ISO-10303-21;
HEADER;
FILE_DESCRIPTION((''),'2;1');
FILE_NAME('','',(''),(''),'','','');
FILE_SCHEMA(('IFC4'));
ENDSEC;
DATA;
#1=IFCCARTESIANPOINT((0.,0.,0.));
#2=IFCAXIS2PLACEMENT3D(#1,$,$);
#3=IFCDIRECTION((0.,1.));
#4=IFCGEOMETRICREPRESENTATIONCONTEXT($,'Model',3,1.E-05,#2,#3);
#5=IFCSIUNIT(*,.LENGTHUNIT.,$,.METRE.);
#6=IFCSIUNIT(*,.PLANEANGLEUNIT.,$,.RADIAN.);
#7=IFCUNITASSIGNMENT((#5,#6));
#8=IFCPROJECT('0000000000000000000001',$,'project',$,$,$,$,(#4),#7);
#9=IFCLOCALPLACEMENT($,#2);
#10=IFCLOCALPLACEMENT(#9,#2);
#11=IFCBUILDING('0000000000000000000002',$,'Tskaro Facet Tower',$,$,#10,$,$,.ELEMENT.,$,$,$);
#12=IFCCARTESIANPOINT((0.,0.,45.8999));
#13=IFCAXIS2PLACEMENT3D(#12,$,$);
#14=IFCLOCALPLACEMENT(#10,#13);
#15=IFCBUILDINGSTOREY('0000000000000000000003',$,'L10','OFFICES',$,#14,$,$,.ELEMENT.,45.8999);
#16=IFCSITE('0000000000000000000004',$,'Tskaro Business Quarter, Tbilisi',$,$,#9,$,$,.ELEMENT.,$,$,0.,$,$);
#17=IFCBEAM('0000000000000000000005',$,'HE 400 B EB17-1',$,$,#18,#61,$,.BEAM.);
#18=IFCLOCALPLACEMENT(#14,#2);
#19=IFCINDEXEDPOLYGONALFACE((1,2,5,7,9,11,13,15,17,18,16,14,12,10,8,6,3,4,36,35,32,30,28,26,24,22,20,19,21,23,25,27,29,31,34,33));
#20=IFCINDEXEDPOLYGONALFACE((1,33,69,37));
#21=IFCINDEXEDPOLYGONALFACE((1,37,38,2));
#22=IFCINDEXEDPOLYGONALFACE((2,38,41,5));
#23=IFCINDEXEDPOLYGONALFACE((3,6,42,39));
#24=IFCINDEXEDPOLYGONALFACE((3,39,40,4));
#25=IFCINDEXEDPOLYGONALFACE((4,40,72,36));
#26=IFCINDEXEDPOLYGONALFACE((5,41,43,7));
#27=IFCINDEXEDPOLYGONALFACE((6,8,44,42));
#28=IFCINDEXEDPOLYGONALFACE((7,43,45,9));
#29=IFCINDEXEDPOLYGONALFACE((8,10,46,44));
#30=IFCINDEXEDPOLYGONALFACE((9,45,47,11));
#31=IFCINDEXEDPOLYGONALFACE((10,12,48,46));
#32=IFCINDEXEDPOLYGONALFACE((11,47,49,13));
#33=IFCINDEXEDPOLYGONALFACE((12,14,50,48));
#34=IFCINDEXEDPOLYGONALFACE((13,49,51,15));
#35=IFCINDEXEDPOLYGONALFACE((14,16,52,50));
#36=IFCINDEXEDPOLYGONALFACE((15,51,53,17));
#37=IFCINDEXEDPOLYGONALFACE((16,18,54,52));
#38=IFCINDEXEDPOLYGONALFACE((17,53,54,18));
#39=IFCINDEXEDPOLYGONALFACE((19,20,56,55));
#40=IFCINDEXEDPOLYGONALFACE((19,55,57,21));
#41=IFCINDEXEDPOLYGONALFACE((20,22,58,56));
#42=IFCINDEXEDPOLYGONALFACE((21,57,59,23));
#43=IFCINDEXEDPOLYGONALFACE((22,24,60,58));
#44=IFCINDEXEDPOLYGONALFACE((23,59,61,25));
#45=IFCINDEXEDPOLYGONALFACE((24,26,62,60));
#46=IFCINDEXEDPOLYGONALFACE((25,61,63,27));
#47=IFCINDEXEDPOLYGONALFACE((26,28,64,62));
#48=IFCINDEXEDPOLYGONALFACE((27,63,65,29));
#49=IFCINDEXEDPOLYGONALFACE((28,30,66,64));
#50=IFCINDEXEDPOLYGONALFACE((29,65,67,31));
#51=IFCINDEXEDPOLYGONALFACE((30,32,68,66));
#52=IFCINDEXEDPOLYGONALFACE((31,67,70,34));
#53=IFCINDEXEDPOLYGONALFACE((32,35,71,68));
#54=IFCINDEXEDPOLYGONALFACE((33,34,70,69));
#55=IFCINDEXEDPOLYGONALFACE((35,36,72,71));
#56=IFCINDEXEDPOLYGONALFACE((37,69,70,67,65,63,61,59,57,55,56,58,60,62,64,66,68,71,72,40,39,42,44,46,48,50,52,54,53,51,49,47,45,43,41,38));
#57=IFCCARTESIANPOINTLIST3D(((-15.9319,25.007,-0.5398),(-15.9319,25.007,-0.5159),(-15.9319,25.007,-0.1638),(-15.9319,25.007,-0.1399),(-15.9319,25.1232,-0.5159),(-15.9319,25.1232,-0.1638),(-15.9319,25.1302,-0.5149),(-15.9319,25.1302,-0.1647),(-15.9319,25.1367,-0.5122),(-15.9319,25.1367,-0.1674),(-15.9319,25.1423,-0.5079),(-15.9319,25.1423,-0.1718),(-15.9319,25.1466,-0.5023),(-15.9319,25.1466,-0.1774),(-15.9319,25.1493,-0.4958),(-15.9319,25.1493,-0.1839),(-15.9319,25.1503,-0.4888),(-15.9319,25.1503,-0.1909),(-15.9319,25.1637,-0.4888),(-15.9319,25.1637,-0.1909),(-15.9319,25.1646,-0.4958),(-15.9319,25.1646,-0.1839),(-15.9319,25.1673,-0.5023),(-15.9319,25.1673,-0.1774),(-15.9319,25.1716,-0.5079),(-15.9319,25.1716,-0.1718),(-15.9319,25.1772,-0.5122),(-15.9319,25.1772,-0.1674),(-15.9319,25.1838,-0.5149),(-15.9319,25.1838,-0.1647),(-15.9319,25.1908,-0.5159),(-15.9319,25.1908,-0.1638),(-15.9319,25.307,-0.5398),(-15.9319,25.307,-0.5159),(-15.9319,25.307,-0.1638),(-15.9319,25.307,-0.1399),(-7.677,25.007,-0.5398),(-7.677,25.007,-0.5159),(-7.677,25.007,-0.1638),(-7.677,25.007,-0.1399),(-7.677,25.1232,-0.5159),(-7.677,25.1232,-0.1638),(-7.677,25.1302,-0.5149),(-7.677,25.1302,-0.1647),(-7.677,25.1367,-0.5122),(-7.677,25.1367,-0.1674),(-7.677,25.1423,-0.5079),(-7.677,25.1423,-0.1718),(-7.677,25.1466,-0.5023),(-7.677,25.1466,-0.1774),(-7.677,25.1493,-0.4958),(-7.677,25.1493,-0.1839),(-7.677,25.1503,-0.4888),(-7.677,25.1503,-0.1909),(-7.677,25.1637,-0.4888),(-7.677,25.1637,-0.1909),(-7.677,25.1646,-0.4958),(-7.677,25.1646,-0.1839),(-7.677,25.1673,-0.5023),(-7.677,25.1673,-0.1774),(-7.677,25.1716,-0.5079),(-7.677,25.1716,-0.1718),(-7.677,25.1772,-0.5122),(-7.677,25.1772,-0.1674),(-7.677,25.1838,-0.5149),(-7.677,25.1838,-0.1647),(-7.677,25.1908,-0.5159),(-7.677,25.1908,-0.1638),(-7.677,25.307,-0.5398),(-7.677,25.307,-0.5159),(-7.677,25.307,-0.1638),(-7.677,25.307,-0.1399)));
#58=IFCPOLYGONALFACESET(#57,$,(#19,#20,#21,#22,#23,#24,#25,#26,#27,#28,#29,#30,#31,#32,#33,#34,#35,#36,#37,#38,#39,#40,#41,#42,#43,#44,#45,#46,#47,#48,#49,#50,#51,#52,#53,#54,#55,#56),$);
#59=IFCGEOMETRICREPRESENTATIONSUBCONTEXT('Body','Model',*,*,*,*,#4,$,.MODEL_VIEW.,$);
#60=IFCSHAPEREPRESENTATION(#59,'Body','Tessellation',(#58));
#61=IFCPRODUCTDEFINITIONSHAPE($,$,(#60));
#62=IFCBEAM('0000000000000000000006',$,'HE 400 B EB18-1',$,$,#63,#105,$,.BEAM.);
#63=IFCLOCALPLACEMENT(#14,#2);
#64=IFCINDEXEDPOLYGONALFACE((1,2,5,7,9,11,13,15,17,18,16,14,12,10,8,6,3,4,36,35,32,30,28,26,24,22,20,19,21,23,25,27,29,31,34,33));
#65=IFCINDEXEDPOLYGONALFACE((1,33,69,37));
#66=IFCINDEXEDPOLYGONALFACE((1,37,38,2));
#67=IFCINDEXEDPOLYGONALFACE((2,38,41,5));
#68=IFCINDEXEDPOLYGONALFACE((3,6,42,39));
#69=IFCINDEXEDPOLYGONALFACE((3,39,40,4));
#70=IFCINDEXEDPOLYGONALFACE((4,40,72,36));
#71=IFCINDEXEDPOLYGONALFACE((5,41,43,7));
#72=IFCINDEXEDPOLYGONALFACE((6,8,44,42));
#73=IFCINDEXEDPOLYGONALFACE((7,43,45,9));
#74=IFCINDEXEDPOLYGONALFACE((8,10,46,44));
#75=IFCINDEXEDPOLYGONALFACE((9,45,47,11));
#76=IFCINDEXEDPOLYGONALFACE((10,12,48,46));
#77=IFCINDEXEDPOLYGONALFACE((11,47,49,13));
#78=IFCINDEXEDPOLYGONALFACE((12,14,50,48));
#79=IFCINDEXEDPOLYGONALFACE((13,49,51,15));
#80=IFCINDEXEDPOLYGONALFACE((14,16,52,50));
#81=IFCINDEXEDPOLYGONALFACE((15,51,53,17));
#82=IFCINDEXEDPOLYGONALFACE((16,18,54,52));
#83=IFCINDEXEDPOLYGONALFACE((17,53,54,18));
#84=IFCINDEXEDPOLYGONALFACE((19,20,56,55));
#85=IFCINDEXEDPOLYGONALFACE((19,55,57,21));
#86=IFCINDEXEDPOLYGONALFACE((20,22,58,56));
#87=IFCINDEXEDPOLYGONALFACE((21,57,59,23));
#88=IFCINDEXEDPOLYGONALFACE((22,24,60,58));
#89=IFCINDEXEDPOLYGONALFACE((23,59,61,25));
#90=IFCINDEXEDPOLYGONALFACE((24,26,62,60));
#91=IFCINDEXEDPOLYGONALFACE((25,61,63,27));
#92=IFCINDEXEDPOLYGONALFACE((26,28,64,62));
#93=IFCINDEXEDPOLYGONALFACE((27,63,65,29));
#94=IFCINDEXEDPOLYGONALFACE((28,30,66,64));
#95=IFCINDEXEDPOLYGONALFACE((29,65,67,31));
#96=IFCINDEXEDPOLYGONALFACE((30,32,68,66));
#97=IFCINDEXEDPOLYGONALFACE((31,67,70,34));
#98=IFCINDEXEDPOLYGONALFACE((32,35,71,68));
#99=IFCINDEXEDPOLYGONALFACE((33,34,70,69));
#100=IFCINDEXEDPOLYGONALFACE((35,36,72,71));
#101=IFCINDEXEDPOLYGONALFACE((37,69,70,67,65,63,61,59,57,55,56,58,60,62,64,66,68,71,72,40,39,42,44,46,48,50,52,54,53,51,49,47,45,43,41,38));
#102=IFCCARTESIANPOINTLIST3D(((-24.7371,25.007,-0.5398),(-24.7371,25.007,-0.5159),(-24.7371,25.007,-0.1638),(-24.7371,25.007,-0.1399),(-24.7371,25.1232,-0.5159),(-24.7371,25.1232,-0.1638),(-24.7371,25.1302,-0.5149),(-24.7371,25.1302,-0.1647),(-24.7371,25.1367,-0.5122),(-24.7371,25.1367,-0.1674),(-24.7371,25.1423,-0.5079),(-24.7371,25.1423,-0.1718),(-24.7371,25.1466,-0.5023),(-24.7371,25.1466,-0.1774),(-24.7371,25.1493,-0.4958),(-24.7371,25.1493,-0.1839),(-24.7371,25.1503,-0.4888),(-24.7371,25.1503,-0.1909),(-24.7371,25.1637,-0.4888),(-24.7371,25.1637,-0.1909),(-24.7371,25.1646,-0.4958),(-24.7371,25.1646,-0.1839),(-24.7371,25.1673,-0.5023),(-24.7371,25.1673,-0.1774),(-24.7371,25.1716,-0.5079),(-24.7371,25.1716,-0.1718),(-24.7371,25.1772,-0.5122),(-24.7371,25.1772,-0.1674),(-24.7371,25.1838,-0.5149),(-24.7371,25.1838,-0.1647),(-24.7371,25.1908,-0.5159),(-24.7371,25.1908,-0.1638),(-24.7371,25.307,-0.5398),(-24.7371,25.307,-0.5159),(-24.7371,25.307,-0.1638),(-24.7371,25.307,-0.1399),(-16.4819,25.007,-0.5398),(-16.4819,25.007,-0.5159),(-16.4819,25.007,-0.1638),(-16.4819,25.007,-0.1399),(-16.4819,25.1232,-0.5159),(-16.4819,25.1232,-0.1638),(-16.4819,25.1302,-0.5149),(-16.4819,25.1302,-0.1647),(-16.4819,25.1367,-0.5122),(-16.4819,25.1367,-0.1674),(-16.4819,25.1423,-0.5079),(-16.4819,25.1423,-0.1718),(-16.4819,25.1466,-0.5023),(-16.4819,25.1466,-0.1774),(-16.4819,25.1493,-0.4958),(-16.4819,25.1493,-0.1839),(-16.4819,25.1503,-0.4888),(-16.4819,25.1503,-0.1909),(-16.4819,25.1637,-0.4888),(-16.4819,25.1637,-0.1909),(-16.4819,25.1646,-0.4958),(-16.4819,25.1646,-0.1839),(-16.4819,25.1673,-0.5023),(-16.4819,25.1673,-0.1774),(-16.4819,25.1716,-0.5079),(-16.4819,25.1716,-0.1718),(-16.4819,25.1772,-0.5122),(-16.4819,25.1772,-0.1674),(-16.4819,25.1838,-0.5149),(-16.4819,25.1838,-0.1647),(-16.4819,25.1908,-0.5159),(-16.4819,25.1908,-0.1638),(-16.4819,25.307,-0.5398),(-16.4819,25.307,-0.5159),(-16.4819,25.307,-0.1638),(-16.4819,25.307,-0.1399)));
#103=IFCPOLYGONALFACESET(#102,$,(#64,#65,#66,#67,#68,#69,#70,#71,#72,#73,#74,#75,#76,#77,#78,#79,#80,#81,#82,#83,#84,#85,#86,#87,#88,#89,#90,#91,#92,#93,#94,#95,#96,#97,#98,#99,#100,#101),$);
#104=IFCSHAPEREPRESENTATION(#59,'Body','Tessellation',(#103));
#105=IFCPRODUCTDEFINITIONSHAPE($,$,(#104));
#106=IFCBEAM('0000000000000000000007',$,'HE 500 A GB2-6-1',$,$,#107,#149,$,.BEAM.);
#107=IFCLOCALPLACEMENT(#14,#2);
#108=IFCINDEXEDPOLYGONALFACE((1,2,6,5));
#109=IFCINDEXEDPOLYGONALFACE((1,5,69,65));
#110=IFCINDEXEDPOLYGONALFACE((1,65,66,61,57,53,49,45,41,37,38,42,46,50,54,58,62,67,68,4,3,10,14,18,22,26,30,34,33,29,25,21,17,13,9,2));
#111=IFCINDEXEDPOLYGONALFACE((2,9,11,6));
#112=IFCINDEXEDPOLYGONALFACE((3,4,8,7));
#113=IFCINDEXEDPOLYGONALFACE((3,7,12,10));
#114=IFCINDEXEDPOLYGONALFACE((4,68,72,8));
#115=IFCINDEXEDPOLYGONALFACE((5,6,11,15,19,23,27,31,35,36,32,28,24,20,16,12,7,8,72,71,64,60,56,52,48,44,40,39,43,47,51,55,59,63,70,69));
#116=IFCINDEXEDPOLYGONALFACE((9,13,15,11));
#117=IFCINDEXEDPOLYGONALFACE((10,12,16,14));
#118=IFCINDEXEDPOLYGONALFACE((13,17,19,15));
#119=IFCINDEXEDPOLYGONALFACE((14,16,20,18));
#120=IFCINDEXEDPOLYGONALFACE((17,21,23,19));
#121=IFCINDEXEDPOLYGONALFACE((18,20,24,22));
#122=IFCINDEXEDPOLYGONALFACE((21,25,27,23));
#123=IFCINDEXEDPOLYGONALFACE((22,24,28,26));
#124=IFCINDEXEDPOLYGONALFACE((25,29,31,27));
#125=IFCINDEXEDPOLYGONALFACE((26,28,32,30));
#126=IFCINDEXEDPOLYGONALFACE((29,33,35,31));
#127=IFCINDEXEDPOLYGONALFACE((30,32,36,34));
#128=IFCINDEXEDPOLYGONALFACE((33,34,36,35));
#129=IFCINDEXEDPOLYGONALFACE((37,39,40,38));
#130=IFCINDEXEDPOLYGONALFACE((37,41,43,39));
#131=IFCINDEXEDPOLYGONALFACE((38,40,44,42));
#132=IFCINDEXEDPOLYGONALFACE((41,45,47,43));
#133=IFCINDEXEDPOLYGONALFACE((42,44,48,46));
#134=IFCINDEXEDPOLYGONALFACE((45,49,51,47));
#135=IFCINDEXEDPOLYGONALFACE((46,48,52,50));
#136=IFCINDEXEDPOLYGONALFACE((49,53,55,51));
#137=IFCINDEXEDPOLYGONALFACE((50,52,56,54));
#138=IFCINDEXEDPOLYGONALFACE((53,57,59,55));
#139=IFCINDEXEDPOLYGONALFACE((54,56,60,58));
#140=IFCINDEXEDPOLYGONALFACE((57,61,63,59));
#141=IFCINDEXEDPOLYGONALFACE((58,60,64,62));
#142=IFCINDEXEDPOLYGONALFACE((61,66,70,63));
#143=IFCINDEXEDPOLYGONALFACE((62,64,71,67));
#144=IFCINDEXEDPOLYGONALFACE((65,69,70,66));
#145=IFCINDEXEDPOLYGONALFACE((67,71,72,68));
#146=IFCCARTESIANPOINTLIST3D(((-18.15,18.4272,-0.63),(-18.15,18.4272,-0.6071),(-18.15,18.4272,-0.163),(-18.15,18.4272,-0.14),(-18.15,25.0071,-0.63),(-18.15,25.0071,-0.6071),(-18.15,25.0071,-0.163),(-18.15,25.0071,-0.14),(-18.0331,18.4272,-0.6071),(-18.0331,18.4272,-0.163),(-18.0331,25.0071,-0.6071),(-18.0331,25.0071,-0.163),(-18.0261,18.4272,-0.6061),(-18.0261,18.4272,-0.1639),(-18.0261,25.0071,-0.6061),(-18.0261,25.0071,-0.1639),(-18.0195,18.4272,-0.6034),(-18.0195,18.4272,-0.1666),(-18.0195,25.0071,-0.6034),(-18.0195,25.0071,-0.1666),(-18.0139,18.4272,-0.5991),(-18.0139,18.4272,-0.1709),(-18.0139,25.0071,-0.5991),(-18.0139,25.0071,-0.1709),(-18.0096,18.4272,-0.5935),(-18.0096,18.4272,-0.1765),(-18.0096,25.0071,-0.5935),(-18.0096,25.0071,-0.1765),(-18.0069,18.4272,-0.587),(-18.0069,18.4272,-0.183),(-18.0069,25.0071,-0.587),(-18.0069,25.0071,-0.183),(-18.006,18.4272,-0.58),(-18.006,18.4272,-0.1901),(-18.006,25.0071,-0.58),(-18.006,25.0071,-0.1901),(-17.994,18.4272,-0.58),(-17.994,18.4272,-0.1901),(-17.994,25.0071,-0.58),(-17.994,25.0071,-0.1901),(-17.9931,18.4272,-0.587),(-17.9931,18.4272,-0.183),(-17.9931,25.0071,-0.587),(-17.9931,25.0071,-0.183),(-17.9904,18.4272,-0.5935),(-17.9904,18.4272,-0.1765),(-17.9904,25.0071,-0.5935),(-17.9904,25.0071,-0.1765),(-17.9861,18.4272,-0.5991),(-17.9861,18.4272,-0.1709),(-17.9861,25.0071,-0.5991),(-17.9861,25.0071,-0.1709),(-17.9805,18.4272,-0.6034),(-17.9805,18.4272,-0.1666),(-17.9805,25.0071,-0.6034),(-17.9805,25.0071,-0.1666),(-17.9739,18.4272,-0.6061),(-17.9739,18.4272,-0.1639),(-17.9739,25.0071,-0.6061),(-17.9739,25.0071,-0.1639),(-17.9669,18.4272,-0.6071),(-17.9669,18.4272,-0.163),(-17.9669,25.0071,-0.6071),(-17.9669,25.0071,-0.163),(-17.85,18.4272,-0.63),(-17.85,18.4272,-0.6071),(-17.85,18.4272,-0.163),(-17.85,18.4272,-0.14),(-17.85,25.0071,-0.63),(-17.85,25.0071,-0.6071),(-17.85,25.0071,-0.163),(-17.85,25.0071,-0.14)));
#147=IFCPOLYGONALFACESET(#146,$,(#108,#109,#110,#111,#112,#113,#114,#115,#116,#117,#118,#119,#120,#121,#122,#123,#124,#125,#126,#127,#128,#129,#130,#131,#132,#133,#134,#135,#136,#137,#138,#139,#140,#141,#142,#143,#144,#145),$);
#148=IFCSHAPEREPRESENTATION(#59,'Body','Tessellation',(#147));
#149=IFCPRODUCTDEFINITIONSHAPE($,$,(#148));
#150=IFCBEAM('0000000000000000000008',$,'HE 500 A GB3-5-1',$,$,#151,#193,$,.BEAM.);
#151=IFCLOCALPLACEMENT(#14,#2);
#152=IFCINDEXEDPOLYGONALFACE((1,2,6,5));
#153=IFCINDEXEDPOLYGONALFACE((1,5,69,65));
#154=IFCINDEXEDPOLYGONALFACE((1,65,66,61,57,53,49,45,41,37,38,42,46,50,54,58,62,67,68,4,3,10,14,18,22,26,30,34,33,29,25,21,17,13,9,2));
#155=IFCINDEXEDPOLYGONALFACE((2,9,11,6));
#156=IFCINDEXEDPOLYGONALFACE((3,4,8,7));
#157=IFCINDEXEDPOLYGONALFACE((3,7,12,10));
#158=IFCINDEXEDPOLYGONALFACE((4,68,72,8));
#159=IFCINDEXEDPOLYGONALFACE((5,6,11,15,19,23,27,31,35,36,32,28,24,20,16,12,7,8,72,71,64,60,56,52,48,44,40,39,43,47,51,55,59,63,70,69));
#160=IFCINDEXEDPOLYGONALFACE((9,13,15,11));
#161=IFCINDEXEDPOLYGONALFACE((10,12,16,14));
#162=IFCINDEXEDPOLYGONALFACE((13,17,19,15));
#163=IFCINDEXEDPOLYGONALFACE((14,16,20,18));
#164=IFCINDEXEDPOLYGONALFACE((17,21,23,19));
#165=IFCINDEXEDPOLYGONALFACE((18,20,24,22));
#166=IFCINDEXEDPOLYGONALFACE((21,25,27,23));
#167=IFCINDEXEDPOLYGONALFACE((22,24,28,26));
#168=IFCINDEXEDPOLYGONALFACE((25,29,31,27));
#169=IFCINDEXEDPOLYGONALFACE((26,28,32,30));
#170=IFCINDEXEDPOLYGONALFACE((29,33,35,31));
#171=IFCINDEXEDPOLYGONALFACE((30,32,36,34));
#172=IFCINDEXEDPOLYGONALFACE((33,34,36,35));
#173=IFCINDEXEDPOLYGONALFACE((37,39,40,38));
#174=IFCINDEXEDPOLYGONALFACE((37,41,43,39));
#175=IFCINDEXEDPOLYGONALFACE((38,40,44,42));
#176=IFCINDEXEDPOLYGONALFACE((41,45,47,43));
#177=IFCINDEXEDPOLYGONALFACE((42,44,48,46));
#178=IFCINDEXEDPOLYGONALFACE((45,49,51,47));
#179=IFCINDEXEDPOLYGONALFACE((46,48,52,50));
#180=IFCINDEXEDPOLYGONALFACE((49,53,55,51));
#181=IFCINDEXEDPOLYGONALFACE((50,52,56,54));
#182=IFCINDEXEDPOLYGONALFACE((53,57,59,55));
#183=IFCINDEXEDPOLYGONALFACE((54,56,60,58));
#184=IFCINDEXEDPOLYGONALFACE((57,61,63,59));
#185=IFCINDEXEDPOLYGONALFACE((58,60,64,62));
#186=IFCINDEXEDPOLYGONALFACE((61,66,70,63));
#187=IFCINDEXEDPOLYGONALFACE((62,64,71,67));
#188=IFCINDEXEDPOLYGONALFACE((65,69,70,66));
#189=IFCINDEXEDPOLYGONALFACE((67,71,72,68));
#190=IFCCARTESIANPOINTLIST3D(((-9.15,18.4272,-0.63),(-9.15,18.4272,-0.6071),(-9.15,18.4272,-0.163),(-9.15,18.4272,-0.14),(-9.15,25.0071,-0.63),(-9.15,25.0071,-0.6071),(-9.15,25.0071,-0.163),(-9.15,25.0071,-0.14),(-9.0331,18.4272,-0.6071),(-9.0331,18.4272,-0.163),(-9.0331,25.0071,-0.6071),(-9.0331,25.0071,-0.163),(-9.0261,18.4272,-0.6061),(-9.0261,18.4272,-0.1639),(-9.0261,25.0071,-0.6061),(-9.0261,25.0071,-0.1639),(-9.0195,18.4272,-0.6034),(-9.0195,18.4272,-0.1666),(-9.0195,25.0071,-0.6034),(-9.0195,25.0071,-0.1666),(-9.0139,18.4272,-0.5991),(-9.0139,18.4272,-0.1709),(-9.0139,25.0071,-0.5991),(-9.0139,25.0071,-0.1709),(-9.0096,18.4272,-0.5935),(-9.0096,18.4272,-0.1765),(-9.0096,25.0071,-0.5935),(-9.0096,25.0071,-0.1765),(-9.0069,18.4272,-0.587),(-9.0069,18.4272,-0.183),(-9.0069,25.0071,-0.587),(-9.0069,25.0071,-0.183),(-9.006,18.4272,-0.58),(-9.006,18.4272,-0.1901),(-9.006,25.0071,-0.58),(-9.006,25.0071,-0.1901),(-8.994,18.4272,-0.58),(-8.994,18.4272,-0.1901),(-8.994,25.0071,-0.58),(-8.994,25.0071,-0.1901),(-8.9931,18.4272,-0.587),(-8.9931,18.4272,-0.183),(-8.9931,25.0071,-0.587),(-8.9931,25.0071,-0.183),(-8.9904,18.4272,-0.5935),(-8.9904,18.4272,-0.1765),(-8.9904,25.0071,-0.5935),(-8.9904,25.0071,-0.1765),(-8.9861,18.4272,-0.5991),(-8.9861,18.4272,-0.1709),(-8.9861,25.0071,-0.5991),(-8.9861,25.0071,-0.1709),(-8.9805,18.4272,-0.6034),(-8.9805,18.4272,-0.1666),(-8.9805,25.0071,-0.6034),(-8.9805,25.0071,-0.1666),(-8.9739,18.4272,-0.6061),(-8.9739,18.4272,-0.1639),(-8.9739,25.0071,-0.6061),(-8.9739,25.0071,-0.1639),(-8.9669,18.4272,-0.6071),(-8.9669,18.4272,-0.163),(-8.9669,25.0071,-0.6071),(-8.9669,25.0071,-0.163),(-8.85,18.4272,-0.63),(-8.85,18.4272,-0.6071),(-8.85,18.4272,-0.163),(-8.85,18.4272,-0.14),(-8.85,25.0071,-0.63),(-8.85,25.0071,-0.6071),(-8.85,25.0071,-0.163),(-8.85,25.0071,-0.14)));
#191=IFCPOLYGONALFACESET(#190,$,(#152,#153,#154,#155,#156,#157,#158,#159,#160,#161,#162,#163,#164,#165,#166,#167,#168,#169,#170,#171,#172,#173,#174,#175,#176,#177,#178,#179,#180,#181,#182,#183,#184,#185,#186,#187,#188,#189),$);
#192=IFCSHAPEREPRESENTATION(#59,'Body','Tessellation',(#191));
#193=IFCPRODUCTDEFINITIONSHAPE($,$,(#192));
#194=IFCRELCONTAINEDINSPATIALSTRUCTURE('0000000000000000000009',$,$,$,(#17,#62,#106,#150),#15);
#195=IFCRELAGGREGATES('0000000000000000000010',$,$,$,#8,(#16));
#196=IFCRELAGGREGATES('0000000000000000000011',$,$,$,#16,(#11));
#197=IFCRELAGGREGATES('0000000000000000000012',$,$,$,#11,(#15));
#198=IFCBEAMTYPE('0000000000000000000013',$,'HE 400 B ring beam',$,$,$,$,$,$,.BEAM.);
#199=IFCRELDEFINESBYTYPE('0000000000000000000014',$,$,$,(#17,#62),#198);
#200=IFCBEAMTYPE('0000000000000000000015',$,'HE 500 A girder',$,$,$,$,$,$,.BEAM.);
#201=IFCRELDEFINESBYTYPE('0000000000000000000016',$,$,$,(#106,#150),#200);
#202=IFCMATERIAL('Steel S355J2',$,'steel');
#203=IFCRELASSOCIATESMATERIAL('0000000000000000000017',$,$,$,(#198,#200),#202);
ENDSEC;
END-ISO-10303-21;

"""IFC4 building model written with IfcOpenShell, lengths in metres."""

from ifc_helpers import new_model, si_unit, direction, frame, origin, origin_2d, place, context, subcontext, project, spatial, i_section, extrude, material, material_profile, profile_set, type_object, element, save


model = new_model("IFC4")

# Units and contexts
model_context = context("Model", 3, precision=1e-05, world=origin(), true_north=direction((0.0, 1.0)))
body_context = subcontext(model_context, "Body", "Model", "MODEL_VIEW")
ifc_project = project(units=[si_unit("LENGTHUNIT", "METRE"), si_unit("PLANEANGLEUNIT", "RADIAN")], contexts=[model_context])

# Site, building, storey
site_placement = place(None, origin())
site = spatial("IfcSite", under=ifc_project, at=site_placement, Name="Tskaro Business Quarter, Tbilisi", CompositionType="ELEMENT", RefElevation=0.0)
building_placement = place(site_placement, origin())
building = spatial("IfcBuilding", under=site, at=building_placement, Name="Tskaro Facet Tower", CompositionType="ELEMENT")
storey_placement = place(building_placement, frame((0.0, 0.0, 45.8999)))
storey = spatial("IfcBuildingStorey", under=building, at=storey_placement, Name="L10", Description="OFFICES", CompositionType="ELEMENT", Elevation=45.8999)

# Beams
ifc_material_1 = material(Name="Steel S355J2", Category="steel")
ifc_material_profile_1 = material_profile(ifc_material_1, i_section(OverallWidth=0.3, OverallDepth=0.3999, WebThickness=0.0134, FlangeThickness=0.0239, FilletRadius=0.0271, at=origin_2d()), Name="HE 400 B")
ifc_profile_set_1 = profile_set([ifc_material_profile_1], Name="Steel S355J2")
beam_type_1 = type_object("IfcBeamType", Name="HE 400 B ring beam", PredefinedType="BEAM", material=ifc_profile_set_1)
beam_1_placement = place(storey_placement, frame((-7.677, 25.157, -0.3398), z_axis=(-1.0, 0.0, 0.0), x_axis=(0.0, -1.0, 0.0)))
element("IfcBeam", 1, at=beam_1_placement, inside=storey, type_object=beam_type_1, Name="HE 400 B EB17-1", PredefinedType="BEAM", context=body_context, shape_type="SweptSolid", body=[
    extrude(i_section(OverallWidth=0.3, OverallDepth=0.3999, WebThickness=0.0134, FlangeThickness=0.0239, FilletRadius=0.0271, at=origin_2d()), origin(), (0.0, 0.0, 1.0), 8.2549),
])
beam_2_placement = place(storey_placement, frame((-16.4819, 25.157, -0.3398), z_axis=(-1.0, 0.0, 0.0), x_axis=(0.0, -1.0, 0.0)))
element("IfcBeam", 2, at=beam_2_placement, inside=storey, type_object=beam_type_1, Name="HE 400 B EB18-1", PredefinedType="BEAM", context=body_context, shape_type="SweptSolid", body=[
    extrude(i_section(OverallWidth=0.3, OverallDepth=0.3999, WebThickness=0.0134, FlangeThickness=0.0239, FilletRadius=0.0271, at=origin_2d()), origin(), (0.0, 0.0, 1.0), 8.2551),
])
ifc_material_profile_2 = material_profile(ifc_material_1, i_section(OverallWidth=0.3, OverallDepth=0.49, WebThickness=0.012, FlangeThickness=0.0229, FilletRadius=0.0271, at=origin_2d()), Name="HE 500 A")
ifc_profile_set_2 = profile_set([ifc_material_profile_2], Name="Steel S355J2")
beam_type_2 = type_object("IfcBeamType", Name="HE 500 A girder", PredefinedType="BEAM", material=ifc_profile_set_2)
for number, where, z_axis, x_axis, name in (
    (3, (-18.0, 18.4272, -0.385), (0.0, 1.0, 0.0), (-1.0, 0.0, 0.0), "HE 500 A GB2-6-1"),
    (4, (-9.0, 18.4272, -0.385), (0.0, 1.0, 0.0), (-1.0, 0.0, 0.0), "HE 500 A GB3-5-1"),
):
    element("IfcBeam", number, at=place(storey_placement, frame(where, z_axis=z_axis, x_axis=x_axis)), inside=storey, type_object=beam_type_2, Name=name, PredefinedType="BEAM", context=body_context, shape_type="SweptSolid", body=[
        extrude(i_section(OverallWidth=0.3, OverallDepth=0.49, WebThickness=0.012, FlangeThickness=0.0229, FilletRadius=0.0271, at=origin_2d()), origin(), (0.0, 0.0, 1.0), 6.5798),
    ])

save(model, "model.ifc")
